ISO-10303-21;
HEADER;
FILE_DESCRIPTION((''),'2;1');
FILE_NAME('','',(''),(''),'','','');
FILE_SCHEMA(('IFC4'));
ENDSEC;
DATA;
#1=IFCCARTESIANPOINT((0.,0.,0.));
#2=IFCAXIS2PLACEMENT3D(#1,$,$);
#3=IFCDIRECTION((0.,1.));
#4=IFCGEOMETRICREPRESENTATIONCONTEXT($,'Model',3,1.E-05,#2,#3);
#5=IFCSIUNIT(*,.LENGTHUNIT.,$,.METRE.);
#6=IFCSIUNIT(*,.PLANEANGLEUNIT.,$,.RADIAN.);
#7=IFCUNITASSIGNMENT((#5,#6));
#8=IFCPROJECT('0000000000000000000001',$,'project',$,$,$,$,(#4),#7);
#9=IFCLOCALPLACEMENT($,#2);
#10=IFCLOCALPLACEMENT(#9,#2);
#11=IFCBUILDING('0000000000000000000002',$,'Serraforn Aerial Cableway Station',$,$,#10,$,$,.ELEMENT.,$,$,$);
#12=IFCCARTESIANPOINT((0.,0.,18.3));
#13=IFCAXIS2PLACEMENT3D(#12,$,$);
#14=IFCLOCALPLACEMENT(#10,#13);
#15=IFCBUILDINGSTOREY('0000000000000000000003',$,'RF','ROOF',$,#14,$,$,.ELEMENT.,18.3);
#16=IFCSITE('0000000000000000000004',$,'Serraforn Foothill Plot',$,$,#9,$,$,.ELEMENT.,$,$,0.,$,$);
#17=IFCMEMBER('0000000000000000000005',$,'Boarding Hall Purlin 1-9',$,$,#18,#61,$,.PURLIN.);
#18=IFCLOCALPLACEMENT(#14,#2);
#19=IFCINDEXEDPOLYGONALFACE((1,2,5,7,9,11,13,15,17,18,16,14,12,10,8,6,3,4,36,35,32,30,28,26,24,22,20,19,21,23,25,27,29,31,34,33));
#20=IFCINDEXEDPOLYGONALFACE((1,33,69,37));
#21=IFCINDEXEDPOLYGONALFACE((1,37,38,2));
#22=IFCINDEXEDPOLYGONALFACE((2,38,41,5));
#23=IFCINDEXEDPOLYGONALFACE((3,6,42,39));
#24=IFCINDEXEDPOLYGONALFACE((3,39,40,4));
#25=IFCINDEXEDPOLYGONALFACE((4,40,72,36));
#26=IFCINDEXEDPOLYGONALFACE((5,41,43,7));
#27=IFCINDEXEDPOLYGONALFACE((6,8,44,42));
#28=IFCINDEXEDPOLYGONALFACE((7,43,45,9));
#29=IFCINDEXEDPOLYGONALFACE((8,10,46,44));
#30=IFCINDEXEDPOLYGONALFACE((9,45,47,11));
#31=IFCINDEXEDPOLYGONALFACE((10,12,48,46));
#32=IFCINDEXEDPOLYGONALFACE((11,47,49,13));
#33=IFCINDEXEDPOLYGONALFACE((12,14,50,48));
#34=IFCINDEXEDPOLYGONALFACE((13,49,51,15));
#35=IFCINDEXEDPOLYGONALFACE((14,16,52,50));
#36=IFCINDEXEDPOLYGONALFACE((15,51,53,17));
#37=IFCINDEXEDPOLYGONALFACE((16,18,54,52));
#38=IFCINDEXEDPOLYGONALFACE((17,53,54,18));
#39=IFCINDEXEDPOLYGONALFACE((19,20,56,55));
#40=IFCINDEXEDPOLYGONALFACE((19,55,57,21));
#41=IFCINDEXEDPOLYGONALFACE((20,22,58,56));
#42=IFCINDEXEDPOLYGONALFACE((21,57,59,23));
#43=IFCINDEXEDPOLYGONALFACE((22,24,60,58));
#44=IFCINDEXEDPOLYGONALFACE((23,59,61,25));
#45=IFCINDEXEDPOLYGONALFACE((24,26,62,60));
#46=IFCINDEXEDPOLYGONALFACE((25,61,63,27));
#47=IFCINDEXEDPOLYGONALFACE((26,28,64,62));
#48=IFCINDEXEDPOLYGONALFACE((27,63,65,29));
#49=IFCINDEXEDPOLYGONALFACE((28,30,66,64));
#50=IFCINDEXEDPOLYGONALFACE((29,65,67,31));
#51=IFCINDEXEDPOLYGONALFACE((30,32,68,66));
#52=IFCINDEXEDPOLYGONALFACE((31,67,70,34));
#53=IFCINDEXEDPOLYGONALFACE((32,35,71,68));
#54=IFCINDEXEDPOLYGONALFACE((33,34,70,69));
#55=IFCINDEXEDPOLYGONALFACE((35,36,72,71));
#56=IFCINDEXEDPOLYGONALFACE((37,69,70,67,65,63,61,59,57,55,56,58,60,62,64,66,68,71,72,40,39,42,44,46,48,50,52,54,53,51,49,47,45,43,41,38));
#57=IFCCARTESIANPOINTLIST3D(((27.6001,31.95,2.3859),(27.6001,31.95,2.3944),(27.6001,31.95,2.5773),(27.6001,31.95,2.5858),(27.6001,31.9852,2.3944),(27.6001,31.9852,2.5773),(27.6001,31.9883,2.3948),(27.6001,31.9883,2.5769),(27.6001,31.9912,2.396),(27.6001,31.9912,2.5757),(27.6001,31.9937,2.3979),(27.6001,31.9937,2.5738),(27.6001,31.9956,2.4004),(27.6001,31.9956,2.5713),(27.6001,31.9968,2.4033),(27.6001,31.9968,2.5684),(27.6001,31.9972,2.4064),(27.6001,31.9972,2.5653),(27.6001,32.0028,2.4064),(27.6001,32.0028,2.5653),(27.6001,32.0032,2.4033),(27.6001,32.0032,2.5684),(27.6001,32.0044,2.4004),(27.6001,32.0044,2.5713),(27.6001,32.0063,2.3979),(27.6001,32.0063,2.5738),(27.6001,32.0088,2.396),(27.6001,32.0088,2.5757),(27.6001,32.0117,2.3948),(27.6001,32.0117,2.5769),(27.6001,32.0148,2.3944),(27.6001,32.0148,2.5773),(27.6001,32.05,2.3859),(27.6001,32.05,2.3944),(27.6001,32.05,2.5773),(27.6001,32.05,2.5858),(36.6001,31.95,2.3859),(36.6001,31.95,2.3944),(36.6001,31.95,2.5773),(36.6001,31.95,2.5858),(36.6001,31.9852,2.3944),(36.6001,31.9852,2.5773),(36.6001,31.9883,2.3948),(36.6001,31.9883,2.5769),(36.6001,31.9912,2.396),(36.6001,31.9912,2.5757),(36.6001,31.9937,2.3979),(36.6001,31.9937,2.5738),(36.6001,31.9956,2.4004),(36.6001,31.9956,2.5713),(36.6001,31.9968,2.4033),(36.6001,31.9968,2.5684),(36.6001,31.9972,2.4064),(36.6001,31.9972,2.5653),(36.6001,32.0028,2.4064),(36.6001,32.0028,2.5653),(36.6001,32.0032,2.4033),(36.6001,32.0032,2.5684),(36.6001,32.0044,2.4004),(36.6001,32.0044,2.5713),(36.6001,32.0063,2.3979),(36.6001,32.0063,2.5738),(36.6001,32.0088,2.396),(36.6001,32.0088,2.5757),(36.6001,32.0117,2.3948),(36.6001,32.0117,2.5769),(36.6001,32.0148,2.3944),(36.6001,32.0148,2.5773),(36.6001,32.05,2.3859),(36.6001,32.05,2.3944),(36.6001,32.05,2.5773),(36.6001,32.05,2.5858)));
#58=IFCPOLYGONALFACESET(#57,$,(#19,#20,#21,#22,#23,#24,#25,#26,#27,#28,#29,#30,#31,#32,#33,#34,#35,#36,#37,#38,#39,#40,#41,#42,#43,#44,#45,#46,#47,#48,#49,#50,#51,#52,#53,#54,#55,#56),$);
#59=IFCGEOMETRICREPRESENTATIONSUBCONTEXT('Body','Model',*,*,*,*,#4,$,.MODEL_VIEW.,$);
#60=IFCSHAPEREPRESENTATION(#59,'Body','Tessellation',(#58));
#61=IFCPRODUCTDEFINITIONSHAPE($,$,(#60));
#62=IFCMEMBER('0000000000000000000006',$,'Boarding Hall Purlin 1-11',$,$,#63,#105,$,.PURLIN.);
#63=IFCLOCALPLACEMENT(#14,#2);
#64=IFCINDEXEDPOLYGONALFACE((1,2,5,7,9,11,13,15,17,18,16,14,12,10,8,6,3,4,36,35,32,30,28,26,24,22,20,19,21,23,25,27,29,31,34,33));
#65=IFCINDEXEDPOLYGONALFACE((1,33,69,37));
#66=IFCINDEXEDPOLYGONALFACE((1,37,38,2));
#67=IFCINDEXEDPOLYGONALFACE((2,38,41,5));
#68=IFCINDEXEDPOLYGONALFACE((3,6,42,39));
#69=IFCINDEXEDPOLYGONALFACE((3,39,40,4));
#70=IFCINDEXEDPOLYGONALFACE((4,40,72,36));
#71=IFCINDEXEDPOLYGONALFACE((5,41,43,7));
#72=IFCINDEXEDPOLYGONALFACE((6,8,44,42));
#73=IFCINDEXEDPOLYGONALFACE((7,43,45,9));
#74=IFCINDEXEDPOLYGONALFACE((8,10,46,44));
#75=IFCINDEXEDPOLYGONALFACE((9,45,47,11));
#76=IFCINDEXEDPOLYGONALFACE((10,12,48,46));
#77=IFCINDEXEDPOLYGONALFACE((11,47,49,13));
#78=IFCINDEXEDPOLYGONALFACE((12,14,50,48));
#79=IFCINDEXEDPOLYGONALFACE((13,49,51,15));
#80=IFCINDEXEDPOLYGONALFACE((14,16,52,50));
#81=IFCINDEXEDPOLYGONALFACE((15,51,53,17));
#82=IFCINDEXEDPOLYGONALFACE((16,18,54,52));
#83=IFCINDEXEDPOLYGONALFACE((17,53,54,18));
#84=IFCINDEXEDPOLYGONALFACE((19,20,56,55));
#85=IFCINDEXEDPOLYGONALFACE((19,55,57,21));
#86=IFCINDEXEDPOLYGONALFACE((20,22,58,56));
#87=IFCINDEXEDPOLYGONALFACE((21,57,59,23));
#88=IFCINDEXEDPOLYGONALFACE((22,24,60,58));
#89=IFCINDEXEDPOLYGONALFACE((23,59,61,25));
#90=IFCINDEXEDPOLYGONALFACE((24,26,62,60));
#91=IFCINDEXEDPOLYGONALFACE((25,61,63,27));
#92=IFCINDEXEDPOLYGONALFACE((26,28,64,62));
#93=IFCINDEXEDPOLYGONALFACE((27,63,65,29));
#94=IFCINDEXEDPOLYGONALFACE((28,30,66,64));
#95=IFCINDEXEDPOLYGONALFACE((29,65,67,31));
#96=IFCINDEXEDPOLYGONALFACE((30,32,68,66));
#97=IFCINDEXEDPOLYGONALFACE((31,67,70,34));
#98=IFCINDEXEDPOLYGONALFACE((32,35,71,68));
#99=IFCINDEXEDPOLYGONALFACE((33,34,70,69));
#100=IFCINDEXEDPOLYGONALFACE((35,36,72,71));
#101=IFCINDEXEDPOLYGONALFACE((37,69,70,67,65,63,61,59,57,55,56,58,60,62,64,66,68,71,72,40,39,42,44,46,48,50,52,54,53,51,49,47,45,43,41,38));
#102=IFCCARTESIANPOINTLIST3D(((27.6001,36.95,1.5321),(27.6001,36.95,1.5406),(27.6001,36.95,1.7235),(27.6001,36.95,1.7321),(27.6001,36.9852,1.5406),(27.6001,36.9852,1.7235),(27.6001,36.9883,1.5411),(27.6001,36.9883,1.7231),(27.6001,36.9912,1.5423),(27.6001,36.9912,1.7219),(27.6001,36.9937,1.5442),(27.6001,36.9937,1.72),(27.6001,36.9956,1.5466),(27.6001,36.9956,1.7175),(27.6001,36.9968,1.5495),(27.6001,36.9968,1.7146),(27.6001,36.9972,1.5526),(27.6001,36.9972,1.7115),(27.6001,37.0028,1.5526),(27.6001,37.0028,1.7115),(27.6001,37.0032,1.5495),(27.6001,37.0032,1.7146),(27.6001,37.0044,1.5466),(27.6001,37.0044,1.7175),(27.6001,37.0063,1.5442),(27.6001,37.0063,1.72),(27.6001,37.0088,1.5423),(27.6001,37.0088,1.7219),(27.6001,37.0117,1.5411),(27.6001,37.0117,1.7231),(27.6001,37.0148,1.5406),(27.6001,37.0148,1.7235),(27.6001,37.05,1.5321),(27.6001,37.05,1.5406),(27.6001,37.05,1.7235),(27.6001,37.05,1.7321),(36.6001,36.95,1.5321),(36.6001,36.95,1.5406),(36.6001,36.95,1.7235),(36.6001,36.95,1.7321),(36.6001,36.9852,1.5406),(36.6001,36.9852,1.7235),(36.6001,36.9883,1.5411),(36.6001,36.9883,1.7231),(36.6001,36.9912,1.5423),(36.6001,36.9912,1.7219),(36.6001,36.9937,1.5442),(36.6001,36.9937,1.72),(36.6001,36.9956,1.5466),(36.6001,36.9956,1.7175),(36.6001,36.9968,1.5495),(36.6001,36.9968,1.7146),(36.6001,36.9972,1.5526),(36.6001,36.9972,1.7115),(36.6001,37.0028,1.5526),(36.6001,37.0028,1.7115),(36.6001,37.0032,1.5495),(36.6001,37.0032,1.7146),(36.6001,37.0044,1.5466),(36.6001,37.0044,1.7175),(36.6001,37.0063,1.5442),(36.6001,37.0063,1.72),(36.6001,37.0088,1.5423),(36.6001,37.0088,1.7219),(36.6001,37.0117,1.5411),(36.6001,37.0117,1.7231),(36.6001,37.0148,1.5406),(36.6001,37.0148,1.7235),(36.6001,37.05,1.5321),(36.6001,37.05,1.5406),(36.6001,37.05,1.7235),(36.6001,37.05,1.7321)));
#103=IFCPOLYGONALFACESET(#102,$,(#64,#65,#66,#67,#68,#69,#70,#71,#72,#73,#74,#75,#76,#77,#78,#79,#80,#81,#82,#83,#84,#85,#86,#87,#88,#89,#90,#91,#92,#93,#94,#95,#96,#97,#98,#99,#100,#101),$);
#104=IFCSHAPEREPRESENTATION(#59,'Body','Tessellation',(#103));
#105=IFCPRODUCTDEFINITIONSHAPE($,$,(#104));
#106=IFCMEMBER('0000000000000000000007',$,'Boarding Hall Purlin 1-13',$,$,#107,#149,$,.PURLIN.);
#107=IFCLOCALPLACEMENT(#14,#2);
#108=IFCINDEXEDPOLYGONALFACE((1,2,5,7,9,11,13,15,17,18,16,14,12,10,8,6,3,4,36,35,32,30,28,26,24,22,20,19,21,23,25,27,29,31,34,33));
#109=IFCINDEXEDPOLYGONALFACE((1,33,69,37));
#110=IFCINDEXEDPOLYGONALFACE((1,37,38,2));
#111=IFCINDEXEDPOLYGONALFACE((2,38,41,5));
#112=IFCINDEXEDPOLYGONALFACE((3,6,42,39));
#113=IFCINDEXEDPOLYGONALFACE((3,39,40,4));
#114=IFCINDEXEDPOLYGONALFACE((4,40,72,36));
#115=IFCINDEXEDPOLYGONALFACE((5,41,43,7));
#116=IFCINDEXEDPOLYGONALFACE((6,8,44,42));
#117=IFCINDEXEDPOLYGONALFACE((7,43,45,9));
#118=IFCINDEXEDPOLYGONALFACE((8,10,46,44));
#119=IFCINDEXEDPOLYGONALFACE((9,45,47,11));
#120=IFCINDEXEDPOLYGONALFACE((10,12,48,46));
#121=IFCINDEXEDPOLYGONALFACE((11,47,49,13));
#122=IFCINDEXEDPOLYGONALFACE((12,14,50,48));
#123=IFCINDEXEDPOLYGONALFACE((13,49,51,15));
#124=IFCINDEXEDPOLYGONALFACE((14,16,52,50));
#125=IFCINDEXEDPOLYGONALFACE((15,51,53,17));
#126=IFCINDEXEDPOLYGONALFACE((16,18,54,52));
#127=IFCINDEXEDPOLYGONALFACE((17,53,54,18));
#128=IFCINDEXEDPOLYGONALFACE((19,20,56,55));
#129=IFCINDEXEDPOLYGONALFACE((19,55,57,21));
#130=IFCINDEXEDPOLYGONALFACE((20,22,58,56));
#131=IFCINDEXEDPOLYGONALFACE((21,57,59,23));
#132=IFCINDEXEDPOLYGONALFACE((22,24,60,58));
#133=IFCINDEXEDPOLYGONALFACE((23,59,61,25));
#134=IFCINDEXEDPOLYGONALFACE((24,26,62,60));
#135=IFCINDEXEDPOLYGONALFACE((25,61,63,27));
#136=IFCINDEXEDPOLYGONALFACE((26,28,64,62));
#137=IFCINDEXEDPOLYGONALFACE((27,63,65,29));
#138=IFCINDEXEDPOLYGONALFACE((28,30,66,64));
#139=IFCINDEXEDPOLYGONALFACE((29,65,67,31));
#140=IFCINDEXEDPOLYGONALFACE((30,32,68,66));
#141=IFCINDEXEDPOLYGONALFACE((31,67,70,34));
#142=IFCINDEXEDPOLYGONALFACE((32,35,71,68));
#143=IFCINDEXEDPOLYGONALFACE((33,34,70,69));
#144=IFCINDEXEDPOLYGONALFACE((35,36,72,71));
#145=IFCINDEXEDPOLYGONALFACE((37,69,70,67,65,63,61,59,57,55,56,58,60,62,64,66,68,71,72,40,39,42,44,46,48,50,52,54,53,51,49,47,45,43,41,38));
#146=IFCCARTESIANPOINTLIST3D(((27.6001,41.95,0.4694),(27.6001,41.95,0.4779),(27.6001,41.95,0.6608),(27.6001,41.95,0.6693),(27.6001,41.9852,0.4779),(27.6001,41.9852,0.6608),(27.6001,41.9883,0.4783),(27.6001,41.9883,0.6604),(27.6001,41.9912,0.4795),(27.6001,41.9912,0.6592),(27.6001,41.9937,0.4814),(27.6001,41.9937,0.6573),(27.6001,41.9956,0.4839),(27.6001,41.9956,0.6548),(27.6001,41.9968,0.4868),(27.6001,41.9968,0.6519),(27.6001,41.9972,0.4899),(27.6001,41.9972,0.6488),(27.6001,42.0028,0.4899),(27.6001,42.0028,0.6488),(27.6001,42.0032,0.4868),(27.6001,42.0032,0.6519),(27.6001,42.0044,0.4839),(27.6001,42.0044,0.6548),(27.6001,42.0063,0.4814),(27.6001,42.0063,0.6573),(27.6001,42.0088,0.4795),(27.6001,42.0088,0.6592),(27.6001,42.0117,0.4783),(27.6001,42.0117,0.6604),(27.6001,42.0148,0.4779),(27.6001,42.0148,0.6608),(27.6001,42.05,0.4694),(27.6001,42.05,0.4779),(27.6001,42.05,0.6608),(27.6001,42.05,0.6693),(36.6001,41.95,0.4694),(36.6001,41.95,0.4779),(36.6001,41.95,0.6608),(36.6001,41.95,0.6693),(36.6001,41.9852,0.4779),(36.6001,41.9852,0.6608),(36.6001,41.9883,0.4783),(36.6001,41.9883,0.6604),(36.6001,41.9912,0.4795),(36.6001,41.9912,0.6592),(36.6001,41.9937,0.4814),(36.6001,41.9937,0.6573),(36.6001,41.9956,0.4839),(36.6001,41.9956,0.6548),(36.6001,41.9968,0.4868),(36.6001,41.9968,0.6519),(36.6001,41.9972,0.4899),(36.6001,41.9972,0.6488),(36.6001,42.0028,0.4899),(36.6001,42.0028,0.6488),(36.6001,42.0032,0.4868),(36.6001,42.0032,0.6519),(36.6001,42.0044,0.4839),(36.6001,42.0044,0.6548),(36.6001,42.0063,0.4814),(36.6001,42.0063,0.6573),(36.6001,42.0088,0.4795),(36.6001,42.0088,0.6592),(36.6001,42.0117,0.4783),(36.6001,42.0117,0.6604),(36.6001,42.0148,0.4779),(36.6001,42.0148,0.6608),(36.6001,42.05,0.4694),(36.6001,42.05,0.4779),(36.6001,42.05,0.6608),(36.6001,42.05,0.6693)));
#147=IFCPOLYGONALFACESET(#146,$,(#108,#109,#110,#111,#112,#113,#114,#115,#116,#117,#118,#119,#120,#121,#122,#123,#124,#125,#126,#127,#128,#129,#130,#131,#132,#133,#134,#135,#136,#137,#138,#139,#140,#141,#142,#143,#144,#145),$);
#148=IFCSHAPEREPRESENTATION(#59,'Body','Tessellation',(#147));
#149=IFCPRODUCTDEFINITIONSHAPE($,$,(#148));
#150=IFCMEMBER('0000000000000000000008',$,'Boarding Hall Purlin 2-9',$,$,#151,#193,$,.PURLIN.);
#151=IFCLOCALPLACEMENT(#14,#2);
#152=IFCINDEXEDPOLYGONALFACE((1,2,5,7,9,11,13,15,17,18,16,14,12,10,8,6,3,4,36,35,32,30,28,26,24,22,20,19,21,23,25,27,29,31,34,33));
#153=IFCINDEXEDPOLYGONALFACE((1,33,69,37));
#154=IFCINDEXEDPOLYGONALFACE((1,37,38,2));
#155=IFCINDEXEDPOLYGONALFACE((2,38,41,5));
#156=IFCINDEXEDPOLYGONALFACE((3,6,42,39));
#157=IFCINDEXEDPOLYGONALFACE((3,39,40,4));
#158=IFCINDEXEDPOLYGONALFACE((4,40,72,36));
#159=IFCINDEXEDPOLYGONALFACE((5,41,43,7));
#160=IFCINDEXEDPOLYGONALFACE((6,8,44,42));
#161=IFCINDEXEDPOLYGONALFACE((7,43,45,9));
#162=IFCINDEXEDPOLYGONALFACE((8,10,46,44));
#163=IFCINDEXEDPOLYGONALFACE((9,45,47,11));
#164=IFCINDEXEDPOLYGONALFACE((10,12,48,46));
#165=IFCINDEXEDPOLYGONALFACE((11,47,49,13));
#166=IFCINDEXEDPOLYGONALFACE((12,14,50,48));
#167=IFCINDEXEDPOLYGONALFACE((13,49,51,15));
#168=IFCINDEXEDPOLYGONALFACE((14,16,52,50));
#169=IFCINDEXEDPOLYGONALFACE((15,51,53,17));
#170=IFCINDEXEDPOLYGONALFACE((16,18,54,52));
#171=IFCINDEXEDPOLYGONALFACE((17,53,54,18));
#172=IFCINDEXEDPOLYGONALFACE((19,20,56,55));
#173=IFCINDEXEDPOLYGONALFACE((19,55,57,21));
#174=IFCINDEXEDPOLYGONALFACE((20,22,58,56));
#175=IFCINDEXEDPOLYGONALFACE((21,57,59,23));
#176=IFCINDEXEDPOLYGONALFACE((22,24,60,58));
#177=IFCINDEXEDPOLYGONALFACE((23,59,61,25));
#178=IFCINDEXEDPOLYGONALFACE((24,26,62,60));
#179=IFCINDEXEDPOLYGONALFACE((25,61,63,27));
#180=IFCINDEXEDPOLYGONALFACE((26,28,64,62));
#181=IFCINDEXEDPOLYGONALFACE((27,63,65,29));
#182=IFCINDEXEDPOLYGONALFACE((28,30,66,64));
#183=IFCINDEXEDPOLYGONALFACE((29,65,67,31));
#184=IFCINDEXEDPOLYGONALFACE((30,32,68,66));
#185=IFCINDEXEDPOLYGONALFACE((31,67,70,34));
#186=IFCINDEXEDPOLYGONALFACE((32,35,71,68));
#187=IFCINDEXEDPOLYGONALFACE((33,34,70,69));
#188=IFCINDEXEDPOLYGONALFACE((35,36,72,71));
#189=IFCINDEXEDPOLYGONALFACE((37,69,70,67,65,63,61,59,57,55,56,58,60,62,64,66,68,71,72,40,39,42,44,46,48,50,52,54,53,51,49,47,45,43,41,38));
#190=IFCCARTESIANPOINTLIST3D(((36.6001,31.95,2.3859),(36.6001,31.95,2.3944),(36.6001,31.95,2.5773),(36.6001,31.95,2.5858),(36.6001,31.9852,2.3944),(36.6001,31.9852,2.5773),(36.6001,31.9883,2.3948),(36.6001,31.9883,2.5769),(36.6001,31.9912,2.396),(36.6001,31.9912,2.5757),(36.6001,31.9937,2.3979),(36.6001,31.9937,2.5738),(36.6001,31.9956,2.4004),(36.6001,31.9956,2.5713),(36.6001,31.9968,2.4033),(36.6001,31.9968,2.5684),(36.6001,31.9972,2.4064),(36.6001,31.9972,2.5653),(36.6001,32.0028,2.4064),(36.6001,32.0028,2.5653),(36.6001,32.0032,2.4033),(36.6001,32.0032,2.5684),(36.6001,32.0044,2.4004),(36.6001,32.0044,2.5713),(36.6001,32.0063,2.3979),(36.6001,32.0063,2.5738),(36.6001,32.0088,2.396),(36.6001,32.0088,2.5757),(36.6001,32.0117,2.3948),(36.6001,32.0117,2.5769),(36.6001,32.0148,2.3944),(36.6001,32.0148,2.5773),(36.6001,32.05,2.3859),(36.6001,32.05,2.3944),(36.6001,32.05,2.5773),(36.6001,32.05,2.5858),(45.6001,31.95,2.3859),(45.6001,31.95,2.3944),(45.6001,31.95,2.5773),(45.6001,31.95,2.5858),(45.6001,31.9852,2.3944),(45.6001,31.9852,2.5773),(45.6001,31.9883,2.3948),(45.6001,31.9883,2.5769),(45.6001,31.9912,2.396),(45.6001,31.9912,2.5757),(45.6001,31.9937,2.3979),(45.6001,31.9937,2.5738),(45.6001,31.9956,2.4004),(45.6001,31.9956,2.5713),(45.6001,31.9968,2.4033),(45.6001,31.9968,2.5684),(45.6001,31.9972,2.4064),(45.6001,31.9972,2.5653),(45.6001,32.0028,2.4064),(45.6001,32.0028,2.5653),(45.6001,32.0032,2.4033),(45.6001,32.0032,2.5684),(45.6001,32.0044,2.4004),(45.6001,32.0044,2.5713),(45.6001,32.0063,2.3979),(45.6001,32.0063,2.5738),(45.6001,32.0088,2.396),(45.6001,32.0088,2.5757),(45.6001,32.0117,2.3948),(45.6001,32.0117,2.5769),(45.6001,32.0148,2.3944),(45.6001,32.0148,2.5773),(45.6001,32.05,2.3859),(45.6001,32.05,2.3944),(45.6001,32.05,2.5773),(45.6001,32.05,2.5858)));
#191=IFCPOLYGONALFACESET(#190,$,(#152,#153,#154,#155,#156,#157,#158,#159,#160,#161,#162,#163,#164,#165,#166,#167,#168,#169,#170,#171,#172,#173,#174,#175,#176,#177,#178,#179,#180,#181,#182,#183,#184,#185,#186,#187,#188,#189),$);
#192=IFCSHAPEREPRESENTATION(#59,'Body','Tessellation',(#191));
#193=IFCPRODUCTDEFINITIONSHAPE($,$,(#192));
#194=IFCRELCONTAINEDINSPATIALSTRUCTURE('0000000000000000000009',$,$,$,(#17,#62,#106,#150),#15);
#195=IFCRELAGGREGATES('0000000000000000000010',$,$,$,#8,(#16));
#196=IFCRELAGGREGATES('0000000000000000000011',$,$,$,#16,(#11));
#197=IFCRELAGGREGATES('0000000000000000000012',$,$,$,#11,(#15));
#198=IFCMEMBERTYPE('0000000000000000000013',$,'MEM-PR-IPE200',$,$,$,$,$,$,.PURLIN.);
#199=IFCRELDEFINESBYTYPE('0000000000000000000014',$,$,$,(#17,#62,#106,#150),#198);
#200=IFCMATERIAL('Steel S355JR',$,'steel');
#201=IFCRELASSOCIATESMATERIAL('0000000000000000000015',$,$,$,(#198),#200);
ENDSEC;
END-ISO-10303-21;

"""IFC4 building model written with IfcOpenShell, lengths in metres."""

from ifc_helpers import new_model, si_unit, direction, frame, origin, origin_2d, place, context, subcontext, project, spatial, i_section, extrude, material, material_profile, profile_set, type_object, element, save


model = new_model("IFC4")

# Units and contexts
model_context = context("Model", 3, precision=1e-05, world=origin(), true_north=direction((0.0, 1.0)))
body_context = subcontext(model_context, "Body", "Model", "MODEL_VIEW")
ifc_project = project(units=[si_unit("LENGTHUNIT", "METRE"), si_unit("PLANEANGLEUNIT", "RADIAN")], contexts=[model_context])

# Site, building, storey
site_placement = place(None, origin())
site = spatial("IfcSite", under=ifc_project, at=site_placement, Name="Serraforn Foothill Plot", CompositionType="ELEMENT", RefElevation=0.0)
building_placement = place(site_placement, origin())
building = spatial("IfcBuilding", under=site, at=building_placement, Name="Serraforn Aerial Cableway Station", CompositionType="ELEMENT")
storey_placement = place(building_placement, frame((0.0, 0.0, 18.3)))
storey = spatial("IfcBuildingStorey", under=building, at=storey_placement, Name="RF", Description="ROOF", CompositionType="ELEMENT", Elevation=18.3)

# Members
ifc_material_1 = material(Name="Steel S355JR", Category="steel")
ifc_material_profile_1 = material_profile(ifc_material_1, i_section(OverallWidth=0.1001, OverallDepth=0.2, WebThickness=0.0056, FlangeThickness=0.0085, FilletRadius=0.012, at=origin_2d()), Name="IPE 200")
ifc_profile_set_1 = profile_set([ifc_material_profile_1], Name="Steel S355JR")
member_type_1 = type_object("IfcMemberType", Name="MEM-PR-IPE200", PredefinedType="PURLIN", material=ifc_profile_set_1)
for number, where, z_axis, x_axis, name in (
    (1, (27.6001, 32.0, 2.4858), (1.0, 0.0, 0.0), (0.0, 1.0, 0.0), "Boarding Hall Purlin 1-9"),
    (2, (27.6001, 37.0, 1.6321), (1.0, 0.0, 0.0), (0.0, 1.0, 0.0), "Boarding Hall Purlin 1-11"),
    (3, (27.6001, 42.0, 0.5693), (1.0, 0.0, 0.0), (0.0, 1.0, 0.0), "Boarding Hall Purlin 1-13"),
    (4, (36.6001, 32.0, 2.4858), (1.0, 0.0, 0.0), (0.0, 1.0, 0.0), "Boarding Hall Purlin 2-9"),
):
    element("IfcMember", number, at=place(storey_placement, frame(where, z_axis=z_axis, x_axis=x_axis)), inside=storey, type_object=member_type_1, Name=name, PredefinedType="PURLIN", context=body_context, shape_type="SweptSolid", body=[
        extrude(i_section(OverallWidth=0.1001, OverallDepth=0.2, WebThickness=0.0056, FlangeThickness=0.0085, FilletRadius=0.012, at=origin_2d()), origin(), (0.0, 0.0, 1.0), 9.0),
    ])

save(model, "model.ifc")
